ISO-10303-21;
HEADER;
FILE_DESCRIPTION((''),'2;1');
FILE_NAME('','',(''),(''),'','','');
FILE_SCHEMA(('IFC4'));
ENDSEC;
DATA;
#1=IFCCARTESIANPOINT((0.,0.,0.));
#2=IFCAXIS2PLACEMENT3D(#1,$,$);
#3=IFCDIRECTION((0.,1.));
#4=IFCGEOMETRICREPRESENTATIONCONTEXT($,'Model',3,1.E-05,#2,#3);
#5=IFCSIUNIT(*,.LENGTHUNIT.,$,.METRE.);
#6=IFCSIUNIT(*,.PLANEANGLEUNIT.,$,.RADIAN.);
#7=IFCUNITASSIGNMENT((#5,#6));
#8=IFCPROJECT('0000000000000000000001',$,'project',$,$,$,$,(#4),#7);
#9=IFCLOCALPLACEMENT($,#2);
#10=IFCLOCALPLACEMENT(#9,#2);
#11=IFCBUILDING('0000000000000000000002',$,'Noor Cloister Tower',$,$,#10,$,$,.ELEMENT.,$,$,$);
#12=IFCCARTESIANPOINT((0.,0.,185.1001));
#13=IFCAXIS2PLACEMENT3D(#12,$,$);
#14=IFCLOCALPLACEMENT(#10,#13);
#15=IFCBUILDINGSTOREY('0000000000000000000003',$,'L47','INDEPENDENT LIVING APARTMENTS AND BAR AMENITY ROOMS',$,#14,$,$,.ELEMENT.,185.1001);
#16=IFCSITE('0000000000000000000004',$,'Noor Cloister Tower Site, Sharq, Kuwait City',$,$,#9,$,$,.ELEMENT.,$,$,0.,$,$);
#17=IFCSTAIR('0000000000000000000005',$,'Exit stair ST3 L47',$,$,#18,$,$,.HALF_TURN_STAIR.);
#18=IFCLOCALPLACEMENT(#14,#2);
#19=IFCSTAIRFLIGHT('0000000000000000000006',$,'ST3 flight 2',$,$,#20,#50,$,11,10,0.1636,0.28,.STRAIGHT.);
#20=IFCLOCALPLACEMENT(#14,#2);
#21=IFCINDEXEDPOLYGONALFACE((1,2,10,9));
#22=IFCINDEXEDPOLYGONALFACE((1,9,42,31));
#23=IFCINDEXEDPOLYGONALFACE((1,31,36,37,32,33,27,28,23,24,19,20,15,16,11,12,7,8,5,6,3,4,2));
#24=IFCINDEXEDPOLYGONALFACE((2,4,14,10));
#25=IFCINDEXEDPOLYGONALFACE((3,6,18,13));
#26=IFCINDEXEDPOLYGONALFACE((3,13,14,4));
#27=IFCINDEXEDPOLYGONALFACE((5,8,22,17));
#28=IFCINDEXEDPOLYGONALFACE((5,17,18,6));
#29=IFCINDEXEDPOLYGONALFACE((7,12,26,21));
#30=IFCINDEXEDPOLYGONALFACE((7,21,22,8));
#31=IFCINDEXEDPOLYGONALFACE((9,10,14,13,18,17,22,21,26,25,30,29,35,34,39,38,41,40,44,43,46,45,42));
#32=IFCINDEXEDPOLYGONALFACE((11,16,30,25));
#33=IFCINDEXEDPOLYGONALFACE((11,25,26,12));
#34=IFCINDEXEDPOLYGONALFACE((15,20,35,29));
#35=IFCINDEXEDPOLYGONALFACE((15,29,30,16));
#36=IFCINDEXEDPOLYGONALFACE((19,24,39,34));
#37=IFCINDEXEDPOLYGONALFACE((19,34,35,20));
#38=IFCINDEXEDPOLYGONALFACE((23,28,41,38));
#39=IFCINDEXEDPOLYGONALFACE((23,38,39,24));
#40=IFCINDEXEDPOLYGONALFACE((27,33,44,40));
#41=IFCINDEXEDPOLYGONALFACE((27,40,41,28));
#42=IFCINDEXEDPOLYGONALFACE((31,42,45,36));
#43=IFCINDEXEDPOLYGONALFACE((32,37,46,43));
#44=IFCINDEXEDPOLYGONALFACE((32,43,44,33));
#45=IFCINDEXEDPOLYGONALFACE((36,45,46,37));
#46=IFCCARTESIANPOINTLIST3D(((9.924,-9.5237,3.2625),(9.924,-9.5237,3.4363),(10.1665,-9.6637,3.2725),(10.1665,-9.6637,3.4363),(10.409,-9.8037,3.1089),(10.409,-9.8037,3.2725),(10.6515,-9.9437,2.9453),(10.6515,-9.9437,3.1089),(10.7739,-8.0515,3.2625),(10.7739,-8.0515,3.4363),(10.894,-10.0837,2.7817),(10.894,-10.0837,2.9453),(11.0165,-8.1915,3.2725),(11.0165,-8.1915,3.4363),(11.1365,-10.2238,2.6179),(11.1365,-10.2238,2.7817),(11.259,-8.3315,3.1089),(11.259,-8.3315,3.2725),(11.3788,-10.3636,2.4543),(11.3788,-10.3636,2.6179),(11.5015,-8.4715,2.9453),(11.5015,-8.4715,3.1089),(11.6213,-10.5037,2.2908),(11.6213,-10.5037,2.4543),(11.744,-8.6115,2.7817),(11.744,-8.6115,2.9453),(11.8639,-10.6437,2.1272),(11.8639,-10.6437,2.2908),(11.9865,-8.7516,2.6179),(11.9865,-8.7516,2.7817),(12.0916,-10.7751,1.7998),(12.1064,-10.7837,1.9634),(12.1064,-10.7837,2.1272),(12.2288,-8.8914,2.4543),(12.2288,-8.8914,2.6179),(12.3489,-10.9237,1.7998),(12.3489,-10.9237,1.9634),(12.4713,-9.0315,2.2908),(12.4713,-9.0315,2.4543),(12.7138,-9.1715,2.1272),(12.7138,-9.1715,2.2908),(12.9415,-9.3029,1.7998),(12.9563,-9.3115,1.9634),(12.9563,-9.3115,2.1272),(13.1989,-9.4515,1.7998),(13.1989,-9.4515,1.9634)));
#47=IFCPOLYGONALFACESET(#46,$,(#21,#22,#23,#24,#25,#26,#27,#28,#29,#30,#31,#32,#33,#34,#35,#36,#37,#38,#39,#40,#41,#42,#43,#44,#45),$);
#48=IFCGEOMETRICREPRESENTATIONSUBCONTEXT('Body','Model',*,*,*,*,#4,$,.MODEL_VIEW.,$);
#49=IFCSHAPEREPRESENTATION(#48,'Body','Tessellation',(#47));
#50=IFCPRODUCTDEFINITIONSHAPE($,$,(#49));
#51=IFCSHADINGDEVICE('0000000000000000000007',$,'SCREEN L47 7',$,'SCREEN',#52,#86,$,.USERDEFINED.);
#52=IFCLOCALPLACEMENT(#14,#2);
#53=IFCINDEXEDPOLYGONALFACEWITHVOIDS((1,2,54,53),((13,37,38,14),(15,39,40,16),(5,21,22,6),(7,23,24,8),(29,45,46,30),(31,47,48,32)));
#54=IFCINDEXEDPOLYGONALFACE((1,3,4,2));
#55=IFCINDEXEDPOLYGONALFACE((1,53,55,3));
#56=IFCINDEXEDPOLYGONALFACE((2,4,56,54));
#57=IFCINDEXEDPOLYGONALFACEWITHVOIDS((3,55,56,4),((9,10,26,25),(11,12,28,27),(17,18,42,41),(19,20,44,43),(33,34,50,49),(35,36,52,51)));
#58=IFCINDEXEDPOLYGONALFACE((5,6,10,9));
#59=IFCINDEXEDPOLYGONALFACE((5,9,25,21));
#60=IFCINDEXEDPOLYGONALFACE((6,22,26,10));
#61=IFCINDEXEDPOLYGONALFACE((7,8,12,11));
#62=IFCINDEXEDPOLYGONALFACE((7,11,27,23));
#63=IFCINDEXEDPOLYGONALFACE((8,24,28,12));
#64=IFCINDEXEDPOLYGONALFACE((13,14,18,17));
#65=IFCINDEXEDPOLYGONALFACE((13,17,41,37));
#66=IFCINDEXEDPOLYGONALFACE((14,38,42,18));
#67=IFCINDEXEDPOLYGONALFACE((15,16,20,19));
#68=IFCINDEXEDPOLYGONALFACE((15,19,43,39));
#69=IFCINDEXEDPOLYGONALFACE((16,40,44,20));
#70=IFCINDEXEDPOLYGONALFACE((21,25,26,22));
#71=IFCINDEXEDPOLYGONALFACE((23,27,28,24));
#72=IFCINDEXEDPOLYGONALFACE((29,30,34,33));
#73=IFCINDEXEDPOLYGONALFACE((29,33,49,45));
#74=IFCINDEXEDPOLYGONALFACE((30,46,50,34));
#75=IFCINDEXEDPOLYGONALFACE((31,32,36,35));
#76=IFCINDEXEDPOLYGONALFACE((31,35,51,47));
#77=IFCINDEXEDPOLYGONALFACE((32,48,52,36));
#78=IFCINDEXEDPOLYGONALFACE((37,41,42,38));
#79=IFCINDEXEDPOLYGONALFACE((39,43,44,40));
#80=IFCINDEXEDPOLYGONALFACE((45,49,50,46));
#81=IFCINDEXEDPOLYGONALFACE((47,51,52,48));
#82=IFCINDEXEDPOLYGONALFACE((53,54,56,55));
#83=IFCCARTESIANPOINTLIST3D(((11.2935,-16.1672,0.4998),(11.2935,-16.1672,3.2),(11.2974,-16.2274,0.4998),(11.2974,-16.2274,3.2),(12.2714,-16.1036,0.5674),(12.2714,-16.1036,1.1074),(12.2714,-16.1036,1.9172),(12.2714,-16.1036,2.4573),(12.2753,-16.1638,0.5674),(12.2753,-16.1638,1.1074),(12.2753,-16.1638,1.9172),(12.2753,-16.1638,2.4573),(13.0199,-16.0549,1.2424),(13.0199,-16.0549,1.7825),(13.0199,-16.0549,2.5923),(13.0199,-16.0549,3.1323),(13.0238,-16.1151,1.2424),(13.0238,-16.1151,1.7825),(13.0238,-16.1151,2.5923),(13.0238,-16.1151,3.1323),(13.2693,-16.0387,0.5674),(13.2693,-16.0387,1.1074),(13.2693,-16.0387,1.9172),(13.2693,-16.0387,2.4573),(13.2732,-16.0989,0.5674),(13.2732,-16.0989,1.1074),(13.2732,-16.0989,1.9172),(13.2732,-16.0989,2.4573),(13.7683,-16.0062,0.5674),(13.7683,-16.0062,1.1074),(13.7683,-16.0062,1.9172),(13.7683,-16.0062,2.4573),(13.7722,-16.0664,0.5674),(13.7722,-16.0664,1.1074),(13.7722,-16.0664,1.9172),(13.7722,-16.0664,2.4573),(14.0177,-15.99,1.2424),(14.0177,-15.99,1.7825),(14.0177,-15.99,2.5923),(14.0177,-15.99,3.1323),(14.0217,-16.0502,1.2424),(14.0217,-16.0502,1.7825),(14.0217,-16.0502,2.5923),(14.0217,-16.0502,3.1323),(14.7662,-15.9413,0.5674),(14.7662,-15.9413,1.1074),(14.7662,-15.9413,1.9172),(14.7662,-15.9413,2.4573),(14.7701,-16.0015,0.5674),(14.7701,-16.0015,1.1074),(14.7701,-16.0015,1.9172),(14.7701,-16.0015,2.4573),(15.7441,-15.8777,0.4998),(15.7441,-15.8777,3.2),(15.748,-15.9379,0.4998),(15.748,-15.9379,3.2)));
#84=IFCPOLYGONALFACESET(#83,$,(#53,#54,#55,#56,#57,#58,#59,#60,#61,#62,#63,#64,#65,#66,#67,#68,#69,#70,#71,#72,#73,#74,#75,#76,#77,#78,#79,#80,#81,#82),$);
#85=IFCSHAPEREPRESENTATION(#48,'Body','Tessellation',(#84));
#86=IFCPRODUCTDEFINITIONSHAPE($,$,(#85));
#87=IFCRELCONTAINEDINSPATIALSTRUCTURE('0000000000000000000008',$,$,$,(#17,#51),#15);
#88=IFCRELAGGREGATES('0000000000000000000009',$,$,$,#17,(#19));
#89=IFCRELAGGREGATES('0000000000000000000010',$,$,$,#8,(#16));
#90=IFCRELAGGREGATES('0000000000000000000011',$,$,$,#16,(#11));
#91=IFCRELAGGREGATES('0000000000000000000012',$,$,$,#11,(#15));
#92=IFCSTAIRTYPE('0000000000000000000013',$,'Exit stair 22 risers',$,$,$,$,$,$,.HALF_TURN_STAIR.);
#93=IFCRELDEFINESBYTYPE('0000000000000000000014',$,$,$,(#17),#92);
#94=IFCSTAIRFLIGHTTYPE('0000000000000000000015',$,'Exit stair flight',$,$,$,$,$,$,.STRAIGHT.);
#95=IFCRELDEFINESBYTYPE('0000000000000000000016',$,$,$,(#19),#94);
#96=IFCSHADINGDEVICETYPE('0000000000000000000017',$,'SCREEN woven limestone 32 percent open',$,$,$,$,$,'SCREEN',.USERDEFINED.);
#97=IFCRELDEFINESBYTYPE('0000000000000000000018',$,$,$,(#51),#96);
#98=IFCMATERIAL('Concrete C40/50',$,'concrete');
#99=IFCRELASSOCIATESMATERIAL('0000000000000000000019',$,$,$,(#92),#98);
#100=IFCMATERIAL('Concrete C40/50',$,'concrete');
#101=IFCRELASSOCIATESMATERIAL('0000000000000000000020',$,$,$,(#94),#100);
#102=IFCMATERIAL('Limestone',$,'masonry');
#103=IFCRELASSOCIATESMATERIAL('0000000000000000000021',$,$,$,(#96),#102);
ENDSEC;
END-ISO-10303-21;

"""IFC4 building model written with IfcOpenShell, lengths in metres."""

from ifc_helpers import new_model, si_unit, direction, frame, origin, place, context, subcontext, project, spatial, polyline, outline, extrude, material, material_profile, profile_set, type_object, element, aggregate, save


model = new_model("IFC4")

# Units and contexts
model_context = context("Model", 3, precision=1e-05, world=origin(), true_north=direction((0.0, 1.0)))
body_context = subcontext(model_context, "Body", "Model", "MODEL_VIEW")
ifc_project = project(units=[si_unit("LENGTHUNIT", "METRE"), si_unit("PLANEANGLEUNIT", "RADIAN")], contexts=[model_context])

# Site, building, storey
site_placement = place(None, origin())
site = spatial("IfcSite", under=ifc_project, at=site_placement, Name="Noor Cloister Tower Site, Sharq, Kuwait City", CompositionType="ELEMENT", RefElevation=0.0)
building_placement = place(site_placement, origin())
building = spatial("IfcBuilding", under=site, at=building_placement, Name="Noor Cloister Tower", CompositionType="ELEMENT")
storey_placement = place(building_placement, frame((0.0, 0.0, 185.1001)))
storey = spatial("IfcBuildingStorey", under=building, at=storey_placement, Name="L47", Description="INDEPENDENT LIVING APARTMENTS AND BAR AMENITY ROOMS", CompositionType="ELEMENT", Elevation=185.1001)

# Stair, stair flight
ifc_material_1 = material(Name="Concrete C40/50", Category="concrete")
stair_type = type_object("IfcStairType", Name="Exit stair 22 risers", PredefinedType="HALF_TURN_STAIR", material=ifc_material_1)
stair_placement = place(storey_placement, origin())
stair = element("IfcStair", 1, at=stair_placement, inside=storey, type_object=stair_type, Name="Exit stair ST3 L47", PredefinedType="HALF_TURN_STAIR")
ifc_material_2 = material(Name="Concrete C40/50", Category="concrete")
stair_flight_type = type_object("IfcStairFlightType", Name="Exit stair flight", PredefinedType="STRAIGHT", material=ifc_material_2)
stair_flight_placement = place(storey_placement, frame((12.7739, -10.1875, 1.7998), z_axis=(0.0, 0.0, 1.0), x_axis=(-0.866025, 0.5, 0.0)))
stair_flight = element("IfcStairFlight", 2, at=stair_flight_placement, type_object=stair_flight_type, Name="ST3 flight 2", NumberOfRisers=11, NumberOfTreads=10, PredefinedType="STRAIGHT", RiserHeight=0.1636, TreadLength=0.28, context=body_context, shape_type="SweptSolid", body=[
    extrude(outline(polyline([(0.0, 0.0), (0.0, 0.1636), (0.28, 0.1636), (0.28, 0.3274), (0.5601, 0.3274), (0.5601, 0.491), (0.8401, 0.491), (0.8401, 0.6545), (1.1201, 0.6545), (1.1201, 0.8181), (1.3999, 0.8181), (1.3999, 0.9819), (1.6799, 0.9819), (1.6799, 1.1455), (1.96, 1.1455), (1.96, 1.3091), (2.24, 1.3091), (2.24, 1.4727), (2.52, 1.4727), (2.52, 1.6365), (2.8, 1.6365), (2.8, 1.8), (2.8, 1.4626), (0.2971, 0.0), (0.0, 0.0)])), frame((0.0, 0.8501, 0.0), z_axis=(0.0, -1.0, 0.0), x_axis=(1.0, 0.0, 0.0)), (0.0, 0.0, 1.0), 1.7),
])
aggregate(stair, [stair_flight])

# Shading device
ifc_material_3 = material(Name="Limestone", Category="masonry")
ifc_material_profile_1 = material_profile(ifc_material_3, outline(polyline([(-2.23, -1.3501), (2.23, -1.3501), (2.23, 1.3501), (-2.23, 1.3501), (-2.23, -1.3501)]), holes=[polyline([(-1.25, -1.2825), (-0.25, -1.2825), (-0.25, -0.7424), (-1.25, -0.7424), (-1.25, -1.2825)]), polyline([(0.25, -1.2825), (1.25, -1.2825), (1.25, -0.7424), (0.25, -0.7424), (0.25, -1.2825)]), polyline([(-0.5, -0.6074), (0.5, -0.6074), (0.5, -0.0674), (-0.5, -0.0674), (-0.5, -0.6074)]), polyline([(-1.25, 0.0674), (-0.25, 0.0674), (-0.25, 0.6074), (-1.25, 0.6074), (-1.25, 0.0674)]), polyline([(0.25, 0.0674), (1.25, 0.0674), (1.25, 0.6074), (0.25, 0.6074), (0.25, 0.0674)]), polyline([(-0.5, 0.7424), (0.5, 0.7424), (0.5, 1.2825), (-0.5, 1.2825), (-0.5, 0.7424)])]), Name="Woven screen 32 percent open")
ifc_profile_set_1 = profile_set([ifc_material_profile_1], Name="Limestone")
shading_device_type = type_object("IfcShadingDeviceType", Name="SCREEN woven limestone 32 percent open", ElementType="SCREEN", PredefinedType="USERDEFINED", material=ifc_profile_set_1)
shading_device_placement = place(storey_placement, frame((13.5188, -16.0225, 1.8499), z_axis=(0.064904, -0.997892, 0.0), x_axis=(0.997892, 0.064904, 0.0)))
element("IfcShadingDevice", 3, at=shading_device_placement, inside=storey, type_object=shading_device_type, Name="SCREEN L47 7", ObjectType="SCREEN", PredefinedType="USERDEFINED", context=body_context, shape_type="SweptSolid", body=[
    extrude(outline(polyline([(-2.23, -1.3501), (2.23, -1.3501), (2.23, 1.3501), (-2.23, 1.3501), (-2.23, -1.3501)]), holes=[polyline([(-1.25, -1.2825), (-0.25, -1.2825), (-0.25, -0.7424), (-1.25, -0.7424), (-1.25, -1.2825)]), polyline([(0.25, -1.2825), (1.25, -1.2825), (1.25, -0.7424), (0.25, -0.7424), (0.25, -1.2825)]), polyline([(-0.5, -0.6074), (0.5, -0.6074), (0.5, -0.0674), (-0.5, -0.0674), (-0.5, -0.6074)]), polyline([(-1.25, 0.0674), (-0.25, 0.0674), (-0.25, 0.6074), (-1.25, 0.6074), (-1.25, 0.0674)]), polyline([(0.25, 0.0674), (1.25, 0.0674), (1.25, 0.6074), (0.25, 0.6074), (0.25, 0.0674)]), polyline([(-0.5, 0.7424), (0.5, 0.7424), (0.5, 1.2825), (-0.5, 1.2825), (-0.5, 0.7424)])]), origin(), (0.0, 0.0, 1.0), 0.0603),
])

save(model, "model.ifc")
